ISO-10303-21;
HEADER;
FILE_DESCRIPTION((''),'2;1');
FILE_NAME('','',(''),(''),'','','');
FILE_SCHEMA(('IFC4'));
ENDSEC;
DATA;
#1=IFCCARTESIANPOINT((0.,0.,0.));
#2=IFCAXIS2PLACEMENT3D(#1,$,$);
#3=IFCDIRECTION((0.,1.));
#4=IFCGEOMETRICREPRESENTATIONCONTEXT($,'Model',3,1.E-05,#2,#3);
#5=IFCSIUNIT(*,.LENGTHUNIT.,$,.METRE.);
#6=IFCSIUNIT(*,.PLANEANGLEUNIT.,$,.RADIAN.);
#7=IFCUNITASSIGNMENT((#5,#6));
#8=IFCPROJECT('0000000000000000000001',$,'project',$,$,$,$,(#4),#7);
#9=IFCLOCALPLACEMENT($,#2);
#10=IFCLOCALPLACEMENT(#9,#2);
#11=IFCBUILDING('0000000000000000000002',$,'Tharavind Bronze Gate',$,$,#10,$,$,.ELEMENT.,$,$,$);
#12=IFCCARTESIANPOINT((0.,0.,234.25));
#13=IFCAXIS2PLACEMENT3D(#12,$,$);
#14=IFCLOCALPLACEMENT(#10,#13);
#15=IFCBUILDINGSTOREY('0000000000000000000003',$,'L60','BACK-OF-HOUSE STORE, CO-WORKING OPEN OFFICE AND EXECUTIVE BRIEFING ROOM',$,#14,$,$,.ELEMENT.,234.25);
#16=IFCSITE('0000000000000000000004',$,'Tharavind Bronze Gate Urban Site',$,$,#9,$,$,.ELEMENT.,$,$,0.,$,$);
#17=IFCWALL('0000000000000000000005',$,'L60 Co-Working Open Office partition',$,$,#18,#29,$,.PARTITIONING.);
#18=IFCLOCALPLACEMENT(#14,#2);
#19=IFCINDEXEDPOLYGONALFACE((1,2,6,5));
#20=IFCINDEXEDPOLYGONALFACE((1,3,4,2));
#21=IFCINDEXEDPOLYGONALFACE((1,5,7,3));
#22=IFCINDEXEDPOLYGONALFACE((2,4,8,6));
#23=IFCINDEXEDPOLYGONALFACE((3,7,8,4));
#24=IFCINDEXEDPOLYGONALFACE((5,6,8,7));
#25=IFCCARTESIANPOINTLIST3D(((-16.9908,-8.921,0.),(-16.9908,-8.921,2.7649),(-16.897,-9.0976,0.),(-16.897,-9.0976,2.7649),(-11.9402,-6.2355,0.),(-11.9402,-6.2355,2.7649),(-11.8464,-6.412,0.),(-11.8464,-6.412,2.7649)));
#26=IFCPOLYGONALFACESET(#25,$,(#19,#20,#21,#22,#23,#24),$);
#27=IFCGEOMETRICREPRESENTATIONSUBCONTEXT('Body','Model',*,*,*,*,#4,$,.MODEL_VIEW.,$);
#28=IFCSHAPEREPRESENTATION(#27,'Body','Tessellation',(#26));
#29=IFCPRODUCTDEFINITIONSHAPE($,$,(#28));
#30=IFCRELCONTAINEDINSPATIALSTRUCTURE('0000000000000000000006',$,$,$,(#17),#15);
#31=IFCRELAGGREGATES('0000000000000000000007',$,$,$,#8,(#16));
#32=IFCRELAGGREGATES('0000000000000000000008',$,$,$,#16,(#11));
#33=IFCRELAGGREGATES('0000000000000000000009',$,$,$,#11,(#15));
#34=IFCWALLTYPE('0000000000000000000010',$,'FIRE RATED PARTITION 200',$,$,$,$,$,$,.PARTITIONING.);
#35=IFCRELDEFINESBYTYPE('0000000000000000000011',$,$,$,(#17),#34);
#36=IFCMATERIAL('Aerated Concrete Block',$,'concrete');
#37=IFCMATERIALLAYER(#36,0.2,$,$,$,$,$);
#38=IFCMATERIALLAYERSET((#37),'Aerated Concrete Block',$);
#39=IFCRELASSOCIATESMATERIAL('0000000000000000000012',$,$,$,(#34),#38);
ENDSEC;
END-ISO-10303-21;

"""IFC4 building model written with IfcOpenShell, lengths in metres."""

from ifc_helpers import new_model, si_unit, direction, frame, frame_2d, origin, place, context, subcontext, project, spatial, rectangle, extrude, material, layer, layer_set, type_object, element, save


model = new_model("IFC4")

# Units and contexts
model_context = context("Model", 3, precision=1e-05, world=origin(), true_north=direction((0.0, 1.0)))
body_context = subcontext(model_context, "Body", "Model", "MODEL_VIEW")
ifc_project = project(units=[si_unit("LENGTHUNIT", "METRE"), si_unit("PLANEANGLEUNIT", "RADIAN")], contexts=[model_context])

# Site, building, storey
site_placement = place(None, origin())
site = spatial("IfcSite", under=ifc_project, at=site_placement, Name="Tharavind Bronze Gate Urban Site", CompositionType="ELEMENT", RefElevation=0.0)
building_placement = place(site_placement, origin())
building = spatial("IfcBuilding", under=site, at=building_placement, Name="Tharavind Bronze Gate", CompositionType="ELEMENT")
storey_placement = place(building_placement, frame((0.0, 0.0, 234.25)))
storey = spatial("IfcBuildingStorey", under=building, at=storey_placement, Name="L60", Description="BACK-OF-HOUSE STORE, CO-WORKING OPEN OFFICE AND EXECUTIVE BRIEFING ROOM", CompositionType="ELEMENT", Elevation=234.25)

# Shared definitions
ifc_material_1 = material(Name="Aerated Concrete Block", Category="concrete")
ifc_layer_1 = layer(ifc_material_1, 0.2)
ifc_layer_set_1 = layer_set([ifc_layer_1], Name="Aerated Concrete Block")
wall_type = type_object("IfcWallType", Name="FIRE RATED PARTITION 200", PredefinedType="PARTITIONING", material=ifc_layer_set_1)

# Wall
wall_1_placement = place(storey_placement, frame((-11.8933, -6.3237, 0.0), z_axis=(0.0, 0.0, 1.0), x_axis=(-0.882938, -0.469489, 0.0)))
element("IfcWall", 1, at=wall_1_placement, inside=storey, type_object=wall_type, Name="L60 Co-Working Open Office partition", PredefinedType="PARTITIONING", context=body_context, shape_type="SweptSolid", body=[
    extrude(rectangle(XDim=5.7202, YDim=0.2, at=frame_2d((2.8601, 0.0))), origin(), (0.0, 0.0, 1.0), 2.7649),
])

save(model, "model.ifc")
